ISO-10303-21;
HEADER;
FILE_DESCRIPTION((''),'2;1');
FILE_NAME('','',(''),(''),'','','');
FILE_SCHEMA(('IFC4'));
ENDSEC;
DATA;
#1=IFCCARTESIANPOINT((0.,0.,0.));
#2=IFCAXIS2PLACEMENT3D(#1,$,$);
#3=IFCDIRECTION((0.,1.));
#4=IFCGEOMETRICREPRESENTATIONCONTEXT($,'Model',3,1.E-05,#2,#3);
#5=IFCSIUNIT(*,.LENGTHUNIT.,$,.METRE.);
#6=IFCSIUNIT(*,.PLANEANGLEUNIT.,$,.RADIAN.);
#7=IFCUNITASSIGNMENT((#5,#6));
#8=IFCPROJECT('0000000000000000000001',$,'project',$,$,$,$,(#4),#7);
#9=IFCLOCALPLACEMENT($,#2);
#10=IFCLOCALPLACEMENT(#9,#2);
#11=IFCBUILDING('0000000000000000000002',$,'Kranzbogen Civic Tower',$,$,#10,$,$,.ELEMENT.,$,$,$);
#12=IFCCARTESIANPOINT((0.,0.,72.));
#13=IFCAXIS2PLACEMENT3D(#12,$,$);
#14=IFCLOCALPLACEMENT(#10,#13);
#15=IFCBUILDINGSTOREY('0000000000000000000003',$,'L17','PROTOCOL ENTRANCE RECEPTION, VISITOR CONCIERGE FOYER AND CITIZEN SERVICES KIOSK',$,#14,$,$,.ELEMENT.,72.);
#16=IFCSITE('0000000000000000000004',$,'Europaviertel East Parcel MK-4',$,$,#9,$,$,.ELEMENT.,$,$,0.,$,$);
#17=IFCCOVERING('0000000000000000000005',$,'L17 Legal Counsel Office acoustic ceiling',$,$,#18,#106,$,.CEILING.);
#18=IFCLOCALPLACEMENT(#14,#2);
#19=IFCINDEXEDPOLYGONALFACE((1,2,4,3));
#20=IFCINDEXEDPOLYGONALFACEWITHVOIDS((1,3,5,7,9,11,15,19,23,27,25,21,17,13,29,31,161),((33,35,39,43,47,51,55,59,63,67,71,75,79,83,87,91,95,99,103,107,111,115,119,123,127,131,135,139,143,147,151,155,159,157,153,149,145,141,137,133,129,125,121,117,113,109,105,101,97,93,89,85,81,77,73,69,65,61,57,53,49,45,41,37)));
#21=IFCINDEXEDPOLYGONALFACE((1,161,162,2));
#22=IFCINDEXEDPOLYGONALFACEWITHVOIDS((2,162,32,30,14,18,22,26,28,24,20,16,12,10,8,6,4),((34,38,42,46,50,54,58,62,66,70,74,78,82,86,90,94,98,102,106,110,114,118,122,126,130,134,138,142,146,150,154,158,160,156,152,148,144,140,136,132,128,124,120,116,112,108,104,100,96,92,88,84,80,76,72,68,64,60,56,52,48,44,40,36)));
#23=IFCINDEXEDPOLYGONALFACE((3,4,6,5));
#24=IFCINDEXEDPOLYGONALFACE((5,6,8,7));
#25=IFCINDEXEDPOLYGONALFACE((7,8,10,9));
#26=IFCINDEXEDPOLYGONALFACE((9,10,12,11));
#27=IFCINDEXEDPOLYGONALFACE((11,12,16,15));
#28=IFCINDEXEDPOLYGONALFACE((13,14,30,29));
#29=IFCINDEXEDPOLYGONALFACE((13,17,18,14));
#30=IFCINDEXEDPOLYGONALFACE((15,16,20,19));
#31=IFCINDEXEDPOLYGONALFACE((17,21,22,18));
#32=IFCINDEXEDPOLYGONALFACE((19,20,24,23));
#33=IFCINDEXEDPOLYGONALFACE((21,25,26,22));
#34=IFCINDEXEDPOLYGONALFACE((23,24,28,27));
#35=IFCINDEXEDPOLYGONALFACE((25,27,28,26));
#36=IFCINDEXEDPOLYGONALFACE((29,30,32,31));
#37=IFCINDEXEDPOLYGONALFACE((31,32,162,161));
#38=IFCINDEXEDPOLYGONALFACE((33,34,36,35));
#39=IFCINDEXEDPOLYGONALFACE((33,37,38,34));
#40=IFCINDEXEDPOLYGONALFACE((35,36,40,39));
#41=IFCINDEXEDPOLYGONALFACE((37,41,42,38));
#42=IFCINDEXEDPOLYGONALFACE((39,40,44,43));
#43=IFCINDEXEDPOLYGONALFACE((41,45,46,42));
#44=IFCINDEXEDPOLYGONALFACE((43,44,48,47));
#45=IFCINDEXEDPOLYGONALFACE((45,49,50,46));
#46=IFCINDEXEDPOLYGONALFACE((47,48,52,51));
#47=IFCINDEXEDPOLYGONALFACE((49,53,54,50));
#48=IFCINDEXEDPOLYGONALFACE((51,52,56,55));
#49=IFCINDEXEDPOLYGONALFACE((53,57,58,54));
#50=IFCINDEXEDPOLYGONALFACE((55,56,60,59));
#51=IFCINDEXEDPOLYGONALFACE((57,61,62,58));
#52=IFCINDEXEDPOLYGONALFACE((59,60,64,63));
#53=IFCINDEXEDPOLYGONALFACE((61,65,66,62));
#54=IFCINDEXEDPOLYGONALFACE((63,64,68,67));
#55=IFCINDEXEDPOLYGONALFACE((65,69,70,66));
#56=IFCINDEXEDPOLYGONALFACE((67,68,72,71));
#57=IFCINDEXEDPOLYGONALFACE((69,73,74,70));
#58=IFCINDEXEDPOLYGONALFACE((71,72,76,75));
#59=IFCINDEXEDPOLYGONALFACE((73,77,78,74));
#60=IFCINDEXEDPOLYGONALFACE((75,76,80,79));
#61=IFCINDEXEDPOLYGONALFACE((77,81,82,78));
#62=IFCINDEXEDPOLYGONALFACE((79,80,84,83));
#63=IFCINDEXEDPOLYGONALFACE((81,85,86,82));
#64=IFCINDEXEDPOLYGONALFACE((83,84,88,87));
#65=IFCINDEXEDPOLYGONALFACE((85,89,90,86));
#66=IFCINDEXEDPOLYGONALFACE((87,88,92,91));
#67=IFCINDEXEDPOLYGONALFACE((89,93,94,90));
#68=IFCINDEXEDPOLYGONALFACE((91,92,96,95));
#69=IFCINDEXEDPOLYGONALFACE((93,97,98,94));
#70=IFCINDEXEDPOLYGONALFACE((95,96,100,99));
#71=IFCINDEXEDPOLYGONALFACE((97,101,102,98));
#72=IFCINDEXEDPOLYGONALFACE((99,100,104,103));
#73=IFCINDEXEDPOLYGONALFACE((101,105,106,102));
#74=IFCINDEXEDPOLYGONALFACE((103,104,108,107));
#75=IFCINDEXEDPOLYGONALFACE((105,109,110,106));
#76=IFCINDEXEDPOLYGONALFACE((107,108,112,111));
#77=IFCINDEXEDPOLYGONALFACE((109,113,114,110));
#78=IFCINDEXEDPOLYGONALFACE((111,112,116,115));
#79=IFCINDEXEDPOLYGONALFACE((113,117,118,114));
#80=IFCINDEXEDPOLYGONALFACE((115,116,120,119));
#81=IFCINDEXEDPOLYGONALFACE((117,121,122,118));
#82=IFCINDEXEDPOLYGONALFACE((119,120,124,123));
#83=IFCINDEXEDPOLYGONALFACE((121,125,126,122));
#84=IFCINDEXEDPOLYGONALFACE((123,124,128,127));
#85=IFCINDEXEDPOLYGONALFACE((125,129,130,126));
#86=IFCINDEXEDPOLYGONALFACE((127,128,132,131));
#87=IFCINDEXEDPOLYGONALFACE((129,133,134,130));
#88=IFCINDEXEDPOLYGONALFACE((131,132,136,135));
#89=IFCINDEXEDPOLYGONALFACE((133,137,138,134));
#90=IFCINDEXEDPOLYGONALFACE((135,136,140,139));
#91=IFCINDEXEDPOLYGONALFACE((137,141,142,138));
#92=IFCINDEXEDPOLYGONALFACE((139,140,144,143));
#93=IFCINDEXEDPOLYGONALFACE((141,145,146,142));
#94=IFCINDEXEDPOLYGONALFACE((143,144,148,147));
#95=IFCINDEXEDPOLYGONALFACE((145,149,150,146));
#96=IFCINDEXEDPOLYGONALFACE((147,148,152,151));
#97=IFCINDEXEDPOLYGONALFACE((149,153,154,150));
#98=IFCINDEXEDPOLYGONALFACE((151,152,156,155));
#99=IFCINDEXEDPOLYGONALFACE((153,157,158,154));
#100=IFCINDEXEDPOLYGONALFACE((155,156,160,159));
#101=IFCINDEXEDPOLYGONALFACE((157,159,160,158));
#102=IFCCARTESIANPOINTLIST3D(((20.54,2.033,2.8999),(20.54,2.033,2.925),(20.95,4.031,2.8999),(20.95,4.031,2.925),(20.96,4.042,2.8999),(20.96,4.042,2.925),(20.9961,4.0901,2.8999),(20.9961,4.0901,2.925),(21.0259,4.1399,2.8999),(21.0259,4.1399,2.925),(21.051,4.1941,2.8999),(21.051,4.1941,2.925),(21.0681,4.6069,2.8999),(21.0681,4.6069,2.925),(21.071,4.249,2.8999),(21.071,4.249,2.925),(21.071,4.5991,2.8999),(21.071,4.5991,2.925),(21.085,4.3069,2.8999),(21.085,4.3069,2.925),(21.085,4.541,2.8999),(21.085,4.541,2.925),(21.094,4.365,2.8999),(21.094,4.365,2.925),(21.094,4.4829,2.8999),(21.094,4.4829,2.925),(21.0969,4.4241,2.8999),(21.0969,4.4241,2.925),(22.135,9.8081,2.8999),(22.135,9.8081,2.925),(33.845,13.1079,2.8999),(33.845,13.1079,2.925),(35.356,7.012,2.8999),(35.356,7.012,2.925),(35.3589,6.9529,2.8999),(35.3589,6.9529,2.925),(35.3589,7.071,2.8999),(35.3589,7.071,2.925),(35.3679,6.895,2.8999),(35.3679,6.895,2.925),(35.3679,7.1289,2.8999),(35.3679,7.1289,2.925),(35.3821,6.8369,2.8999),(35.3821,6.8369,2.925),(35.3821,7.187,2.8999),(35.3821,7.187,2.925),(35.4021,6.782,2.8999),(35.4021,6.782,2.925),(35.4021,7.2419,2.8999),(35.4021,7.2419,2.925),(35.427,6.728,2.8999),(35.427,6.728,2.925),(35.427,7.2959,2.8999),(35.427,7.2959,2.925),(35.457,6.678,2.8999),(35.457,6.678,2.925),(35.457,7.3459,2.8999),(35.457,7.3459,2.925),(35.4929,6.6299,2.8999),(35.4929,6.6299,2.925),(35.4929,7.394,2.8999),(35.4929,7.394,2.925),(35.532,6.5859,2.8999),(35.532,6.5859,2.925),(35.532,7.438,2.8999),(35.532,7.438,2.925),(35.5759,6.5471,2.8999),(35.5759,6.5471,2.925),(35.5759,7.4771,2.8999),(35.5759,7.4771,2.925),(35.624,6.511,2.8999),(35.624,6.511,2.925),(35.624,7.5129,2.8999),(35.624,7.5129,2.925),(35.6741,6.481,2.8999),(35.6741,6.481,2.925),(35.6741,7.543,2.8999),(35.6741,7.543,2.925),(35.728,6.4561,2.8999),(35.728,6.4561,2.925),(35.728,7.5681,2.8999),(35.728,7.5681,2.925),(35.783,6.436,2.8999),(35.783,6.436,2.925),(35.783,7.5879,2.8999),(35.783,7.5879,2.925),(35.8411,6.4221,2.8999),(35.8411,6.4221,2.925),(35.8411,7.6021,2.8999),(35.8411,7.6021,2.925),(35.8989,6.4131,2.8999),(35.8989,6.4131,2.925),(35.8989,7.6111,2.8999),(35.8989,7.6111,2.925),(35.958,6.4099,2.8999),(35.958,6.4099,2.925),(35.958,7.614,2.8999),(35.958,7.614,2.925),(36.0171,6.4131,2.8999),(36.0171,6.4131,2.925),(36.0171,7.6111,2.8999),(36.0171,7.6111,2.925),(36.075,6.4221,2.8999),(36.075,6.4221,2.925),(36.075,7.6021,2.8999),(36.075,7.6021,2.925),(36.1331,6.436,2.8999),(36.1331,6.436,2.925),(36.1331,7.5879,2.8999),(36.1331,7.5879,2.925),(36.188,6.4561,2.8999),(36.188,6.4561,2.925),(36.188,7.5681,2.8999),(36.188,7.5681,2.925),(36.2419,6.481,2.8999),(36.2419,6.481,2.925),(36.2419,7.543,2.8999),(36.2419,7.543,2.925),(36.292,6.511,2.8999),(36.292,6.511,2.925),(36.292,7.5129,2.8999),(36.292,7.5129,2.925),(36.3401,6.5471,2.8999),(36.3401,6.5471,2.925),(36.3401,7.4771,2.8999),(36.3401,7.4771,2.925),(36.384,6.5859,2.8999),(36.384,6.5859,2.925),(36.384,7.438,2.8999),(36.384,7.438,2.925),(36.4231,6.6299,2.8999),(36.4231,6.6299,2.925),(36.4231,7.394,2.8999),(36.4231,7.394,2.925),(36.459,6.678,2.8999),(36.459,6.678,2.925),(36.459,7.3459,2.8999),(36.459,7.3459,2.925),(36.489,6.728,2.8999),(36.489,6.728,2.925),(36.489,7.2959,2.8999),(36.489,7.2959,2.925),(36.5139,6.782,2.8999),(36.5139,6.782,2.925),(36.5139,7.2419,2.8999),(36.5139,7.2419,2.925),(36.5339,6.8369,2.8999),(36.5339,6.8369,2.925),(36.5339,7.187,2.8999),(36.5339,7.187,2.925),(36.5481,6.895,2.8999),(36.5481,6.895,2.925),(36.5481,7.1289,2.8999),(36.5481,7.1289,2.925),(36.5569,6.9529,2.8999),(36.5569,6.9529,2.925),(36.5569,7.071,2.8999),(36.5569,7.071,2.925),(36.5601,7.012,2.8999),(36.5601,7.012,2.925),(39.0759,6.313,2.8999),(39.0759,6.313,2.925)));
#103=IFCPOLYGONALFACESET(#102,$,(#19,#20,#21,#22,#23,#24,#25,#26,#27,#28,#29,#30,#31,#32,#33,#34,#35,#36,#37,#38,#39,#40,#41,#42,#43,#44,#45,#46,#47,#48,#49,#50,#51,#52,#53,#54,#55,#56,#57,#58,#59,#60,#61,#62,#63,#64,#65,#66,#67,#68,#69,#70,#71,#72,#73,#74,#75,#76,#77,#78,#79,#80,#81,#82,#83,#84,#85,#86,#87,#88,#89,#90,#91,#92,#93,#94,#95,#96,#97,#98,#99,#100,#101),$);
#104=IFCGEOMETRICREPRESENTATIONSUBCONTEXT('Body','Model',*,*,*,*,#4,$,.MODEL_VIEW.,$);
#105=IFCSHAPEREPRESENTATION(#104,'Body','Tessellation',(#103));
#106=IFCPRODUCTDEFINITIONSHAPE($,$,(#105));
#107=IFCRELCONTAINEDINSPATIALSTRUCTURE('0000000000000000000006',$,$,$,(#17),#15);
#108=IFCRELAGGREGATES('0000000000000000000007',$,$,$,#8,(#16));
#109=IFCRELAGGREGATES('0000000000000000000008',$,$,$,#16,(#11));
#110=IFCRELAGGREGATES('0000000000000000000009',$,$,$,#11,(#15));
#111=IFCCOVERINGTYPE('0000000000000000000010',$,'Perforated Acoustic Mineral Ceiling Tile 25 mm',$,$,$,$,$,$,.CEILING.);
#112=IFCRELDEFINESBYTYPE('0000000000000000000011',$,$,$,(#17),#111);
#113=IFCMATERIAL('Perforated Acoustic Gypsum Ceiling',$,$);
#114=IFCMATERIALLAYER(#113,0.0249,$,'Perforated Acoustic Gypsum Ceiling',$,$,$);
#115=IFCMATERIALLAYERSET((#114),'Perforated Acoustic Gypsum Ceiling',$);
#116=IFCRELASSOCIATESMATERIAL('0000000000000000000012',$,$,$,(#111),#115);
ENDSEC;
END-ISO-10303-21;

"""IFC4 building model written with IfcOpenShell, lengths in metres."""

from ifc_helpers import new_model, si_unit, direction, frame, origin, place, context, subcontext, project, spatial, polyline, outline, extrude, material, layer, layer_set, type_object, element, save


model = new_model("IFC4")

# Units and contexts
model_context = context("Model", 3, precision=1e-05, world=origin(), true_north=direction((0.0, 1.0)))
body_context = subcontext(model_context, "Body", "Model", "MODEL_VIEW")
ifc_project = project(units=[si_unit("LENGTHUNIT", "METRE"), si_unit("PLANEANGLEUNIT", "RADIAN")], contexts=[model_context])

# Site, building, storey
site_placement = place(None, origin())
site = spatial("IfcSite", under=ifc_project, at=site_placement, Name="Europaviertel East Parcel MK-4", CompositionType="ELEMENT", RefElevation=0.0)
building_placement = place(site_placement, origin())
building = spatial("IfcBuilding", under=site, at=building_placement, Name="Kranzbogen Civic Tower", CompositionType="ELEMENT")
storey_placement = place(building_placement, frame((0.0, 0.0, 72.0)))
storey = spatial("IfcBuildingStorey", under=building, at=storey_placement, Name="L17", Description="PROTOCOL ENTRANCE RECEPTION, VISITOR CONCIERGE FOYER AND CITIZEN SERVICES KIOSK", CompositionType="ELEMENT", Elevation=72.0)

# Covering
ifc_material_1 = material(Name="Perforated Acoustic Gypsum Ceiling")
ifc_layer_1 = layer(ifc_material_1, 0.0249, Name="Perforated Acoustic Gypsum Ceiling")
ifc_layer_set_1 = layer_set([ifc_layer_1], Name="Perforated Acoustic Gypsum Ceiling")
covering_type = type_object("IfcCoveringType", Name="Perforated Acoustic Mineral Ceiling Tile 25 mm", PredefinedType="CEILING", material=ifc_layer_set_1)
covering_1_placement = place(storey_placement, frame((0.0, 0.0, 2.8999)))
element("IfcCovering", 1, at=covering_1_placement, inside=storey, type_object=covering_type, Name="L17 Legal Counsel Office acoustic ceiling", PredefinedType="CEILING", context=body_context, shape_type="SweptSolid", body=[
    extrude(outline(polyline([(33.845, 13.1079), (39.0759, 6.313), (20.54, 2.033), (20.95, 4.031), (20.96, 4.042), (20.9961, 4.0901), (21.0259, 4.1399), (21.051, 4.1941), (21.071, 4.249), (21.085, 4.3069), (21.094, 4.365), (21.0969, 4.4241), (21.094, 4.4829), (21.085, 4.541), (21.071, 4.5991), (21.0681, 4.6069), (22.135, 9.8081), (33.845, 13.1079)]), holes=[polyline([(36.5139, 6.782), (36.489, 6.728), (36.459, 6.678), (36.4231, 6.6299), (36.384, 6.5859), (36.3401, 6.5471), (36.292, 6.511), (36.2419, 6.481), (36.188, 6.4561), (36.1331, 6.436), (36.075, 6.4221), (36.0171, 6.4131), (35.958, 6.4099), (35.8989, 6.4131), (35.8411, 6.4221), (35.783, 6.436), (35.728, 6.4561), (35.6741, 6.481), (35.624, 6.511), (35.5759, 6.5471), (35.532, 6.5859), (35.4929, 6.6299), (35.457, 6.678), (35.427, 6.728), (35.4021, 6.782), (35.3821, 6.8369), (35.3679, 6.895), (35.3589, 6.9529), (35.356, 7.012), (35.3589, 7.071), (35.3679, 7.1289), (35.3821, 7.187), (35.4021, 7.2419), (35.427, 7.2959), (35.457, 7.3459), (35.4929, 7.394), (35.532, 7.438), (35.5759, 7.4771), (35.624, 7.5129), (35.6741, 7.543), (35.728, 7.5681), (35.783, 7.5879), (35.8411, 7.6021), (35.8989, 7.6111), (35.958, 7.614), (36.0171, 7.6111), (36.075, 7.6021), (36.1331, 7.5879), (36.188, 7.5681), (36.2419, 7.543), (36.292, 7.5129), (36.3401, 7.4771), (36.384, 7.438), (36.4231, 7.394), (36.459, 7.3459), (36.489, 7.2959), (36.5139, 7.2419), (36.5339, 7.187), (36.5481, 7.1289), (36.5569, 7.071), (36.5601, 7.012), (36.5569, 6.9529), (36.5481, 6.895), (36.5339, 6.8369), (36.5139, 6.782)])]), origin(), (0.0, 0.0, 1.0), 0.0251),
])

save(model, "model.ifc")
